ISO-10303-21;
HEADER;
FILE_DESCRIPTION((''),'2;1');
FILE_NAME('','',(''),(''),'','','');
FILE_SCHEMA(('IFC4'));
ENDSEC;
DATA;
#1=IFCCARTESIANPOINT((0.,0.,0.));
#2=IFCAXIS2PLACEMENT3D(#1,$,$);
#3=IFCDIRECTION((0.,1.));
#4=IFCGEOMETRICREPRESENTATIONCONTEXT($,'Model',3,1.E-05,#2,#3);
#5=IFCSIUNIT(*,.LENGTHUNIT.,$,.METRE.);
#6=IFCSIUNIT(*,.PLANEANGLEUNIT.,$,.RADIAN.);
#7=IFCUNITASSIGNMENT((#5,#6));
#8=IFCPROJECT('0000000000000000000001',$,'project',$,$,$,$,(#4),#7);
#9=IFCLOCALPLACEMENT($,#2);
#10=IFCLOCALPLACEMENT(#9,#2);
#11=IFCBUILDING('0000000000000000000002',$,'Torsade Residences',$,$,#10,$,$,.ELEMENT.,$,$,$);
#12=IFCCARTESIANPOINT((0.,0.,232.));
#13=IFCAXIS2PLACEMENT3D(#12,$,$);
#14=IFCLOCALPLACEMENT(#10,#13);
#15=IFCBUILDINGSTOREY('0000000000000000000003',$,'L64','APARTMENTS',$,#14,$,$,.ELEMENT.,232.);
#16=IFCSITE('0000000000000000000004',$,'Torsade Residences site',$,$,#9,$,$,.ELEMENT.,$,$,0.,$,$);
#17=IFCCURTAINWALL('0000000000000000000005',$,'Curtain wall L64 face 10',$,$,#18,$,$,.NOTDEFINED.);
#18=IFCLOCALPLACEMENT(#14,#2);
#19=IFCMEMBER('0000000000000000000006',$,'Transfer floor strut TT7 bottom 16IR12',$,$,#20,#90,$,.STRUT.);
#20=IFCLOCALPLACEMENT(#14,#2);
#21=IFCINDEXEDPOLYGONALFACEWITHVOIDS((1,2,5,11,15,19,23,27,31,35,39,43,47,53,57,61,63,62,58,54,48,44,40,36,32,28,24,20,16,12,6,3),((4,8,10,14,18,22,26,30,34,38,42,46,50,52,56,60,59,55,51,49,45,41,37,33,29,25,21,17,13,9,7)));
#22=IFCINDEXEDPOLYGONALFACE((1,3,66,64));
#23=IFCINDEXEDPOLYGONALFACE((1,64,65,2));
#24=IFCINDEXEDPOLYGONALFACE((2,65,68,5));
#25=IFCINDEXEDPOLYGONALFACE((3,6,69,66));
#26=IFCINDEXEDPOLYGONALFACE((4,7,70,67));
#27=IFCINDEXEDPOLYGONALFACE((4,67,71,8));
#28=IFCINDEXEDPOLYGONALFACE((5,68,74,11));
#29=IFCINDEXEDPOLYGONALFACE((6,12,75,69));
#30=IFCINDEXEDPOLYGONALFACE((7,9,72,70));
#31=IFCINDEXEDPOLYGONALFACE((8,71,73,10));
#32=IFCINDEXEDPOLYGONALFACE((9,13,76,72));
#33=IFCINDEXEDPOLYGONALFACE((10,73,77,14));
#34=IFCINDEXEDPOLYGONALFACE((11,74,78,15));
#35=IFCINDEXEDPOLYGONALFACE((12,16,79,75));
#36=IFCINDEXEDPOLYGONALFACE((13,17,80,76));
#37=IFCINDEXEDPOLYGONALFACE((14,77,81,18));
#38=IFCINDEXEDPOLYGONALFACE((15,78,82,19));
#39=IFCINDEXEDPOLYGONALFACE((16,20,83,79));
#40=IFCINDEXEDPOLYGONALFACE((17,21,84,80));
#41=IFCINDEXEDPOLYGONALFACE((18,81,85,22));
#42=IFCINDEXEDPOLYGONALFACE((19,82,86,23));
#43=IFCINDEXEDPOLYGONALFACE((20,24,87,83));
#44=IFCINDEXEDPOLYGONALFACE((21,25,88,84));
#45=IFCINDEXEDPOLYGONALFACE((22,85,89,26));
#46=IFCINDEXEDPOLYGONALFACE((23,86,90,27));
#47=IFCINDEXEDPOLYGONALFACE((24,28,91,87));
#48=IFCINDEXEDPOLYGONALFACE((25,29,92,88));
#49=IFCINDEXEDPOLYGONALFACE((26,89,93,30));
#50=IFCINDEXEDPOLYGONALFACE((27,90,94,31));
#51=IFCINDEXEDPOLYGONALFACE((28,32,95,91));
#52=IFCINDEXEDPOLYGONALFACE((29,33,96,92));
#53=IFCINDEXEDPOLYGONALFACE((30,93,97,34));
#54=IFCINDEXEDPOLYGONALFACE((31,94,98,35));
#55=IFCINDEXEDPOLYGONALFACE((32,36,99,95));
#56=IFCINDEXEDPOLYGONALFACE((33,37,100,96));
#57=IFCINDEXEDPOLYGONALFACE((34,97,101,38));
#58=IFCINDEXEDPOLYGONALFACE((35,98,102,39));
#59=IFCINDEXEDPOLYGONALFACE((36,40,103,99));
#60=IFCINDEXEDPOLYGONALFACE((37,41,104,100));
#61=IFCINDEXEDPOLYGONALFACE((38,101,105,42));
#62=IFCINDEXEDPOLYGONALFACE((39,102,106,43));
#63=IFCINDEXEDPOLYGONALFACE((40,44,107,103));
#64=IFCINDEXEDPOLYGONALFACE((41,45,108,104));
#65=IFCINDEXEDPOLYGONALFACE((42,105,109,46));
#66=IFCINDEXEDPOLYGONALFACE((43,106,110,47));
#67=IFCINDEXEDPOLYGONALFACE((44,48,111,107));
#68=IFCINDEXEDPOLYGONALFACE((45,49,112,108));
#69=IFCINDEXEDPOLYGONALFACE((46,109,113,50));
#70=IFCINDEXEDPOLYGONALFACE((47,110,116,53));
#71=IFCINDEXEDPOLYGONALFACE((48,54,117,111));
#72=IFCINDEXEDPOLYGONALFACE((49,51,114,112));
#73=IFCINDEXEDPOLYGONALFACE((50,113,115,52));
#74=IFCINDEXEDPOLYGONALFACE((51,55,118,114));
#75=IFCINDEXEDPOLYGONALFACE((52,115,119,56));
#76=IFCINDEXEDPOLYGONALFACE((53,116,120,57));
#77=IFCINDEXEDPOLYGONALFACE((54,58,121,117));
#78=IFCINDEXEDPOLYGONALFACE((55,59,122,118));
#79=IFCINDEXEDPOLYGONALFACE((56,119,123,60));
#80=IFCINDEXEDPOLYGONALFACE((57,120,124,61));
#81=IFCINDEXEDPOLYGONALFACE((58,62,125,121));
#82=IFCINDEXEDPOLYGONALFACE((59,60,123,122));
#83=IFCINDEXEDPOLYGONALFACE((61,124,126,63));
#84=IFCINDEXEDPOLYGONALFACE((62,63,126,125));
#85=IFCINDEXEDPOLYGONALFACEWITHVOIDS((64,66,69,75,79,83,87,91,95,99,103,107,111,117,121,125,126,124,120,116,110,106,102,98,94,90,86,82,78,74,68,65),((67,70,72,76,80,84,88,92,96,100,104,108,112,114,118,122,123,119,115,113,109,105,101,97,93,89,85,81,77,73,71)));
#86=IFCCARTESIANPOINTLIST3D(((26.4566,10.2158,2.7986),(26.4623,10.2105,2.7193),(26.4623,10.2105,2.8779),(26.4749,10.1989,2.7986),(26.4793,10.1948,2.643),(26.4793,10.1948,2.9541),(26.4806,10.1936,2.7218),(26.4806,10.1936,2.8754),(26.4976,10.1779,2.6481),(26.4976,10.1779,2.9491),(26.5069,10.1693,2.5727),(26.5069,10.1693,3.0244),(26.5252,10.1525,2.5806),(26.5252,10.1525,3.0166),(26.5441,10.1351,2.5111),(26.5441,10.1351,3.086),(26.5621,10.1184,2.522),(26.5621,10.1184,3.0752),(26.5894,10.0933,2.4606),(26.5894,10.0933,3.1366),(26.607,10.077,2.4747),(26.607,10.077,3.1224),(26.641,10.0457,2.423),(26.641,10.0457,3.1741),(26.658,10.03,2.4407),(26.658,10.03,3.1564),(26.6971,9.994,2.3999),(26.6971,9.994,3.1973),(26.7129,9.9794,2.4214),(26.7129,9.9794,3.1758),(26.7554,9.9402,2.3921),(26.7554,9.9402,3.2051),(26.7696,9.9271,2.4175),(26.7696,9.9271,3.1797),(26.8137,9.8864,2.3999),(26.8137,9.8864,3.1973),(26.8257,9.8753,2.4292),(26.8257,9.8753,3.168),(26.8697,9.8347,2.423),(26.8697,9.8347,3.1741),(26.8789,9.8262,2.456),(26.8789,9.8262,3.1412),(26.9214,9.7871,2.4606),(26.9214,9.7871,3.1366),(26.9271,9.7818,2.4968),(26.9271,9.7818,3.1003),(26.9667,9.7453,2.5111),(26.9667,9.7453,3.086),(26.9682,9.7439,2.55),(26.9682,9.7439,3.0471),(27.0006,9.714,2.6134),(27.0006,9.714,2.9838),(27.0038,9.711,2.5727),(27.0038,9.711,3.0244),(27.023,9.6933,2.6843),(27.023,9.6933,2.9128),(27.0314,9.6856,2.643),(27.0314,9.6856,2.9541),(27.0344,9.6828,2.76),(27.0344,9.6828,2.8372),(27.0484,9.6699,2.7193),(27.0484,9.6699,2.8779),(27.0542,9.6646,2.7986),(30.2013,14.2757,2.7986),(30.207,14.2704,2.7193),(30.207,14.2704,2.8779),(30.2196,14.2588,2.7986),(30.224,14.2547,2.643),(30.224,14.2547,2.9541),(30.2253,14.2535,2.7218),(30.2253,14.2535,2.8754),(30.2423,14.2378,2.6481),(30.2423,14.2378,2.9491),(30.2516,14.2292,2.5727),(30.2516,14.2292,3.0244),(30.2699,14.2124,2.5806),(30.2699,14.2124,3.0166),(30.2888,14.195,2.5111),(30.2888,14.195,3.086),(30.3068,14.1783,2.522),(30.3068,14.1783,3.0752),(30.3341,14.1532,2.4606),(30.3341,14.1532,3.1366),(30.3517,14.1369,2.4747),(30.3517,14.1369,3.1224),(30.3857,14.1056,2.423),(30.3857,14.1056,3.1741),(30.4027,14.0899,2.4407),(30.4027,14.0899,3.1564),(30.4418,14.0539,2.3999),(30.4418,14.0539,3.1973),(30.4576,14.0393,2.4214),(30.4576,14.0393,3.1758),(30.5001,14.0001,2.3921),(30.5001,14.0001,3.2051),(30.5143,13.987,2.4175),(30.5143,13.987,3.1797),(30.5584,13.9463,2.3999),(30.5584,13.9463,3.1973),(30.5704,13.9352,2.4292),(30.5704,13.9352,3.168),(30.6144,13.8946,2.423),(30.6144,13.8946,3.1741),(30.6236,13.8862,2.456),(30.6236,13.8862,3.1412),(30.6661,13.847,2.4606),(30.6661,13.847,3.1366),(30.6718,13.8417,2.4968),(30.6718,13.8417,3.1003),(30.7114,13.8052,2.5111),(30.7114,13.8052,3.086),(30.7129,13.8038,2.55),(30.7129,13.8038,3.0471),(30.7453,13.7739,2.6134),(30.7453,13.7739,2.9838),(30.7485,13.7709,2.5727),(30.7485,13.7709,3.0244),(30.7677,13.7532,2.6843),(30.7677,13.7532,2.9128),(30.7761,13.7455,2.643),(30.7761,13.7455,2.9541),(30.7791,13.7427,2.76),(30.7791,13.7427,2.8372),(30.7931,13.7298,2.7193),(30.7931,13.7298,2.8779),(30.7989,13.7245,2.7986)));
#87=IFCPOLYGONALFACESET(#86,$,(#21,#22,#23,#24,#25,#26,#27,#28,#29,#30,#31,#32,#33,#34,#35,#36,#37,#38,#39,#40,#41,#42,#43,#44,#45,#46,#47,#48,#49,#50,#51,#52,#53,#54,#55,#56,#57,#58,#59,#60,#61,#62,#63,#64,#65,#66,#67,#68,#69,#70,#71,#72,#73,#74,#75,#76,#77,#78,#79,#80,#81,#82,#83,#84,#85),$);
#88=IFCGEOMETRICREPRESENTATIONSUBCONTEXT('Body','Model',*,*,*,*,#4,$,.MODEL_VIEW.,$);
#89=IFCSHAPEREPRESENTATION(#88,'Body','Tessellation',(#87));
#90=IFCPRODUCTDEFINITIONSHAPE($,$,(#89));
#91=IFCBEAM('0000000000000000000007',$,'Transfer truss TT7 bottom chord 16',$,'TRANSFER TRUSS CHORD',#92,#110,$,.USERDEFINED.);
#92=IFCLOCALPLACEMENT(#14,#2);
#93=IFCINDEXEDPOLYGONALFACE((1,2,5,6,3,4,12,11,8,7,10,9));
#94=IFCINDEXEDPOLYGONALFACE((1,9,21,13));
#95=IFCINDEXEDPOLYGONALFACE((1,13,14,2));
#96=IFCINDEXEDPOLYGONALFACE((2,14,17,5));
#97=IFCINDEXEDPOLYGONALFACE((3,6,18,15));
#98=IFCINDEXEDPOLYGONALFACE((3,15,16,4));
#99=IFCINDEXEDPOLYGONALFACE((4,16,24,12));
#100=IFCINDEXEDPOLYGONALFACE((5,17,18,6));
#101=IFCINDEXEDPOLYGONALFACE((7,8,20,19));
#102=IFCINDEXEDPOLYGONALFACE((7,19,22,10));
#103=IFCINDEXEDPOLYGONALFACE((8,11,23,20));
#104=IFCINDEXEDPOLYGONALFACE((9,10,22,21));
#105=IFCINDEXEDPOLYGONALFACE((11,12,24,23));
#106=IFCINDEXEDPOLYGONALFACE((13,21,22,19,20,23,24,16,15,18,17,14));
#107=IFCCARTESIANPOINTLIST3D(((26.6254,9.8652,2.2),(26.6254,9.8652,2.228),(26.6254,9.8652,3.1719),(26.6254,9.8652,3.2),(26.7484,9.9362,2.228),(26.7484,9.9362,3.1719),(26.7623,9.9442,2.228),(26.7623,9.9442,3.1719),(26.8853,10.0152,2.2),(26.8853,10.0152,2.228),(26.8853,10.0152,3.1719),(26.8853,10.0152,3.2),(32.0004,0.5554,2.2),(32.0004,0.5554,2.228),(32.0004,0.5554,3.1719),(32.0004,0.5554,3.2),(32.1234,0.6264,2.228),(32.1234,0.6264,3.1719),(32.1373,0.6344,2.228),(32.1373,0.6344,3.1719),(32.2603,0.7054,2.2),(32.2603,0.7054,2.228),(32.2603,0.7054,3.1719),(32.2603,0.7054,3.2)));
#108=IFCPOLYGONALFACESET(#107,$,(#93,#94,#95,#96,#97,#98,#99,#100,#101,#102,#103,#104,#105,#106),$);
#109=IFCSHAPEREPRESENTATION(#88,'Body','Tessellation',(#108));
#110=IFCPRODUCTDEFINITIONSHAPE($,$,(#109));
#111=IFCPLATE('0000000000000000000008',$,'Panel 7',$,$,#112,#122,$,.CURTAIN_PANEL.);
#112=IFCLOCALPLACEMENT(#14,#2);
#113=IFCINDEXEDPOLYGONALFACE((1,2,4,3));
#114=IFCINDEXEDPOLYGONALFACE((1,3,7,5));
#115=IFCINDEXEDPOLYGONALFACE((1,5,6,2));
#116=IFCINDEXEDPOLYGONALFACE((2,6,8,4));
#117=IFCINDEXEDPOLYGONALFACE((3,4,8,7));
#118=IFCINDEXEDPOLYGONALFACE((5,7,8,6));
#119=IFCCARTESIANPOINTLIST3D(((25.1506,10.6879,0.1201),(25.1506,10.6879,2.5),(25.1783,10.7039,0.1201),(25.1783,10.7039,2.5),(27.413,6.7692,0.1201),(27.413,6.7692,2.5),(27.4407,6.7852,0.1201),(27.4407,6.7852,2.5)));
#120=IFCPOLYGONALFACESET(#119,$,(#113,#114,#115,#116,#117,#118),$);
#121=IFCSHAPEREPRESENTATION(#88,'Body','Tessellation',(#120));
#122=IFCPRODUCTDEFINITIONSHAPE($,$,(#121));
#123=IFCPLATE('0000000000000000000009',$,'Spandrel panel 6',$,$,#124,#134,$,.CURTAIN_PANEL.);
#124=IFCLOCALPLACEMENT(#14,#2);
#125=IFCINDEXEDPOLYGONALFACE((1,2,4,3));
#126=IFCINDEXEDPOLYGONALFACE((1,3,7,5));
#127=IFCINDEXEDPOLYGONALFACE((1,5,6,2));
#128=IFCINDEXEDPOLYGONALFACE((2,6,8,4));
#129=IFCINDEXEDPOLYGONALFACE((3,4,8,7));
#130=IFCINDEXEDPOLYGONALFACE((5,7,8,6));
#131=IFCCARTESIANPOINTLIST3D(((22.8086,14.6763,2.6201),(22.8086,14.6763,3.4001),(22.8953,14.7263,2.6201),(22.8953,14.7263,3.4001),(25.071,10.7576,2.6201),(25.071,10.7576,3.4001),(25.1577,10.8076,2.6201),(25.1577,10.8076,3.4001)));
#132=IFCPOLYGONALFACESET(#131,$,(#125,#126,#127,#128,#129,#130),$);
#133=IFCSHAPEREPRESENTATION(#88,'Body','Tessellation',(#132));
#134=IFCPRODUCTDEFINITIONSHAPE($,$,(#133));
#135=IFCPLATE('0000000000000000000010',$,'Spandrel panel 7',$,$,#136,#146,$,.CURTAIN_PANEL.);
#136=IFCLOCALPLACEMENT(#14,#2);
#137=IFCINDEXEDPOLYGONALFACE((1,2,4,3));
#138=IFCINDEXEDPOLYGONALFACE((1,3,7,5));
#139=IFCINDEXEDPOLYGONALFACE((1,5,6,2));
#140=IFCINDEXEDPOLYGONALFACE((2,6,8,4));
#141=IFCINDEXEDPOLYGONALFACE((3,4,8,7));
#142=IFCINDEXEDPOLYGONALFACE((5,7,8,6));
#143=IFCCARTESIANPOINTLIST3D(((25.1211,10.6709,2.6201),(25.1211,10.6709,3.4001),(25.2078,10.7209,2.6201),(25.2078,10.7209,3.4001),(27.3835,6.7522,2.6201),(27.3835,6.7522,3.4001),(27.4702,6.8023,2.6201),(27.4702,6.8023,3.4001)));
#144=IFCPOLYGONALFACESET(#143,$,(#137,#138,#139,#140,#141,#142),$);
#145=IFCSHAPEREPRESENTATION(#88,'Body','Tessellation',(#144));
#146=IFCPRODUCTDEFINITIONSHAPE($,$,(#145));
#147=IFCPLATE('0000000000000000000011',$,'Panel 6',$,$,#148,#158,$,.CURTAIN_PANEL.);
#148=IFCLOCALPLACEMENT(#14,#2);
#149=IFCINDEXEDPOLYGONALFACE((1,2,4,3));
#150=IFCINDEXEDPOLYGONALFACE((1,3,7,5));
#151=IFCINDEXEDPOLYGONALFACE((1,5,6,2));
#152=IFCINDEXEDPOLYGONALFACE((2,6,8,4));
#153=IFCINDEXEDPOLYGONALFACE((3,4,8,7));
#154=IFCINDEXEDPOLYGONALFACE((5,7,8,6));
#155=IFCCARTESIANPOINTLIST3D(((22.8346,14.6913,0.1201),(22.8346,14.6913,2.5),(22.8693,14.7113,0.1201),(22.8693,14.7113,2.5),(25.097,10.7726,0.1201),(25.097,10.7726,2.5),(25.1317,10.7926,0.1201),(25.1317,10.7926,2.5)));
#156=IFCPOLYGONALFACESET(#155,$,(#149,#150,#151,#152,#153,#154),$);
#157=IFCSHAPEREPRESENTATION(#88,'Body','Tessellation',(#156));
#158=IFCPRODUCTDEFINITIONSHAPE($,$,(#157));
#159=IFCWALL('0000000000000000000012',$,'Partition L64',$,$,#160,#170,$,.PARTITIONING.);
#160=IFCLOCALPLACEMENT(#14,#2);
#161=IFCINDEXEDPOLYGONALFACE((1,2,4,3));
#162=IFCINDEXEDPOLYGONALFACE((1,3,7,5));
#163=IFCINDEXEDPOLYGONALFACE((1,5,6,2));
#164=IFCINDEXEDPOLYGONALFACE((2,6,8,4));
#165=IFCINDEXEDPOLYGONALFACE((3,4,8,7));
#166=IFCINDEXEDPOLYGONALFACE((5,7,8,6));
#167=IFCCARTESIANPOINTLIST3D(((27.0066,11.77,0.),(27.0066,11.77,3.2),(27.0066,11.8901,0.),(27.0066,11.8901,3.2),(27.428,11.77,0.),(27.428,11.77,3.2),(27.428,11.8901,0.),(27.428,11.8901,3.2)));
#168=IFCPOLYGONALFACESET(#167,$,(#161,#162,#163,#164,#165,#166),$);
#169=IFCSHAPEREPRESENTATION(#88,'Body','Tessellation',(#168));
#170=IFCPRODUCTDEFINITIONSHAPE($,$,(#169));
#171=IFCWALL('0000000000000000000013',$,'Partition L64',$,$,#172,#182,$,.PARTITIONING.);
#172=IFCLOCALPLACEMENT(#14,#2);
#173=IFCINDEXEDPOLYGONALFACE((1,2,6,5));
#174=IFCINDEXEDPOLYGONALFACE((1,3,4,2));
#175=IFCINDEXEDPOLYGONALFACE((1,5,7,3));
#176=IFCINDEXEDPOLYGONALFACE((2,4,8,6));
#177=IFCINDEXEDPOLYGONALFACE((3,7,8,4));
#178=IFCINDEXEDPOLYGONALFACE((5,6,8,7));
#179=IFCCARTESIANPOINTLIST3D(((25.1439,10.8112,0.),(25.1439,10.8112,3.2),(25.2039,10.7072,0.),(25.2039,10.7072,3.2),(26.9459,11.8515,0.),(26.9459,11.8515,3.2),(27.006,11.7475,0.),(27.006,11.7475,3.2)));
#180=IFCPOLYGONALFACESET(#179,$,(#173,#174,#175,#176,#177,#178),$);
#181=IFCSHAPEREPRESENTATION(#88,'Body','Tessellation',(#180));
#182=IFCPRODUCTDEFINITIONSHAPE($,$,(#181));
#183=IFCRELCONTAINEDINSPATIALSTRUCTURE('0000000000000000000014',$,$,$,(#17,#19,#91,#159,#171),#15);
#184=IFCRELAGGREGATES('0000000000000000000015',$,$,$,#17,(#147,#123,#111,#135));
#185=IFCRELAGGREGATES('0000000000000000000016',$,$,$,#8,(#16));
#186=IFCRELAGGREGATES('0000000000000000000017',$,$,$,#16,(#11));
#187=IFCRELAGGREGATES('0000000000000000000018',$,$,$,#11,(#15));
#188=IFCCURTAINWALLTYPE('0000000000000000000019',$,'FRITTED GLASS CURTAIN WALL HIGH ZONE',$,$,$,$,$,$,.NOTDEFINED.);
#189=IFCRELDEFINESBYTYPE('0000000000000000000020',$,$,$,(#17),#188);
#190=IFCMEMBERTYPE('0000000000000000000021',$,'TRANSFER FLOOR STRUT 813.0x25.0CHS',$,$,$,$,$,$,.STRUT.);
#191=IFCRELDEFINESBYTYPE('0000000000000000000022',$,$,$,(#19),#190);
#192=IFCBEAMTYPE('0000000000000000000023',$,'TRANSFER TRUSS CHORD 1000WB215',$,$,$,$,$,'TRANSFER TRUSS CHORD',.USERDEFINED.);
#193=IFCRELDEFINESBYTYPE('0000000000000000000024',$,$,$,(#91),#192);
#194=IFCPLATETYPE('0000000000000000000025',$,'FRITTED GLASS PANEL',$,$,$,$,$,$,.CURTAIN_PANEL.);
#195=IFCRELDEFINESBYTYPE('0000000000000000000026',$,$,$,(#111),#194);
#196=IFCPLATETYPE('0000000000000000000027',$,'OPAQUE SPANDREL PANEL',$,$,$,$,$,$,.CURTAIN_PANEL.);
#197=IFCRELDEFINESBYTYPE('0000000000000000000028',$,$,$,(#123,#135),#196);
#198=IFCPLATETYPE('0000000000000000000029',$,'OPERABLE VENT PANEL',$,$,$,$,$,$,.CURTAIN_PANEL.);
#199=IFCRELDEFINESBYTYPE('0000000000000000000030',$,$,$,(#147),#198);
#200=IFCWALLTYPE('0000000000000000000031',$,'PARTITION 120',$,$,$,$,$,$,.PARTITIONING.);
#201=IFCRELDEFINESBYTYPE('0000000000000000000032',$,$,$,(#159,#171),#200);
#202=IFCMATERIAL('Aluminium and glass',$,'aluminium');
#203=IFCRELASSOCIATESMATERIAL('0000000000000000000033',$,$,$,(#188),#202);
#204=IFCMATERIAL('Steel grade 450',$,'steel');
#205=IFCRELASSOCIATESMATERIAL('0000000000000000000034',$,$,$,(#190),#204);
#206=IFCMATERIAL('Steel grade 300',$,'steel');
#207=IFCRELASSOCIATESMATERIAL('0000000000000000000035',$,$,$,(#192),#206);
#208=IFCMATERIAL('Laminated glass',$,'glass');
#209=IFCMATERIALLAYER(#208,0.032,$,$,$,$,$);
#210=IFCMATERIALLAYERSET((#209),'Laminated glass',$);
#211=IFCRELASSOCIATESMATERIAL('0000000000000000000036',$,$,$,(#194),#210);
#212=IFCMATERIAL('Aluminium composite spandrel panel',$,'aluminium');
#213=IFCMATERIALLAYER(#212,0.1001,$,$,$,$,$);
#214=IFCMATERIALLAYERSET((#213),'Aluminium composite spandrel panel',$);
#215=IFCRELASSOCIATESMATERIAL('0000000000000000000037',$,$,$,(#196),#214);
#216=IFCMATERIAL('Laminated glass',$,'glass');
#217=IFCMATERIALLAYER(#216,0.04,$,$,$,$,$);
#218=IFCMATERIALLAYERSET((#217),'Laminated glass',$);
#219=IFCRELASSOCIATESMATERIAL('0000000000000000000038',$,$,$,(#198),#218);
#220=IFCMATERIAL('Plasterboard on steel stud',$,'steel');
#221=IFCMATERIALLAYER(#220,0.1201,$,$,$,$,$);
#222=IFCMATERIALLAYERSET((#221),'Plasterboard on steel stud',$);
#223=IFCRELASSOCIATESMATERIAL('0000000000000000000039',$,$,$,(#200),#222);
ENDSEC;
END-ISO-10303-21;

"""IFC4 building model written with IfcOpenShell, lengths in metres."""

from ifc_helpers import new_model, si_unit, direction, frame, frame_2d, origin, origin_2d, place, context, subcontext, project, spatial, rectangle, hollow_circle, i_section, extrude, material, layer, layer_set, material_profile, profile_set, type_object, element, aggregate, save


model = new_model("IFC4")

# Units and contexts
model_context = context("Model", 3, precision=1e-05, world=origin(), true_north=direction((0.0, 1.0)))
body_context = subcontext(model_context, "Body", "Model", "MODEL_VIEW")
ifc_project = project(units=[si_unit("LENGTHUNIT", "METRE"), si_unit("PLANEANGLEUNIT", "RADIAN")], contexts=[model_context])

# Site, building, storey
site_placement = place(None, origin())
site = spatial("IfcSite", under=ifc_project, at=site_placement, Name="Torsade Residences site", CompositionType="ELEMENT", RefElevation=0.0)
building_placement = place(site_placement, origin())
building = spatial("IfcBuilding", under=site, at=building_placement, Name="Torsade Residences", CompositionType="ELEMENT")
storey_placement = place(building_placement, frame((0.0, 0.0, 232.0)))
storey = spatial("IfcBuildingStorey", under=building, at=storey_placement, Name="L64", Description="APARTMENTS", CompositionType="ELEMENT", Elevation=232.0)

# Curtain wall
ifc_material_1 = material(Name="Aluminium and glass", Category="aluminium")
curtain_wall_type = type_object("IfcCurtainWallType", Name="FRITTED GLASS CURTAIN WALL HIGH ZONE", PredefinedType="NOTDEFINED", material=ifc_material_1)
curtain_wall_placement = place(storey_placement, origin())
curtain_wall = element("IfcCurtainWall", 1, at=curtain_wall_placement, inside=storey, type_object=curtain_wall_type, Name="Curtain wall L64 face 10", PredefinedType="NOTDEFINED")

# Member
ifc_material_2 = material(Name="Steel grade 450", Category="steel")
ifc_material_profile_1 = material_profile(ifc_material_2, hollow_circle(Radius=0.4065, WallThickness=0.0249, at=origin_2d()), Name="813.0x25.0CHS")
ifc_profile_set_1 = profile_set([ifc_material_profile_1], Name="Steel grade 450")
member_type_1 = type_object("IfcMemberType", Name="TRANSFER FLOOR STRUT 813.0x25.0CHS", PredefinedType="STRUT", material=ifc_profile_set_1)
member_1_placement = place(storey_placement, frame((26.7554, 9.9402, 2.7986), z_axis=(0.677997, 0.735064, 0.0), x_axis=(-0.735064, 0.677997, 0.0)))
element("IfcMember", 2, at=member_1_placement, inside=storey, type_object=member_type_1, Name="Transfer floor strut TT7 bottom 16IR12", PredefinedType="STRUT", context=body_context, shape_type="SweptSolid", body=[
    extrude(hollow_circle(Radius=0.4065, WallThickness=0.0249, at=origin_2d()), origin(), (0.0, 0.0, 1.0), 5.5232),
])

# Beam
ifc_material_3 = material(Name="Steel grade 300", Category="steel")
ifc_material_profile_2 = material_profile(ifc_material_3, i_section(OverallWidth=0.3, OverallDepth=1.0, WebThickness=0.0161, FlangeThickness=0.0281, at=origin_2d()), Name="1000WB215")
ifc_profile_set_2 = profile_set([ifc_material_profile_2], Name="Steel grade 300")
beam_type_1 = type_object("IfcBeamType", Name="TRANSFER TRUSS CHORD 1000WB215", ElementType="TRANSFER TRUSS CHORD", PredefinedType="USERDEFINED", material=ifc_profile_set_2)
beam_1_placement = place(storey_placement, frame((26.7554, 9.9402, 2.7), z_axis=(0.499998, -0.866026, 0.0), x_axis=(0.866026, 0.499998, 0.0)))
element("IfcBeam", 3, at=beam_1_placement, inside=storey, type_object=beam_type_1, Name="Transfer truss TT7 bottom chord 16", ObjectType="TRANSFER TRUSS CHORD", PredefinedType="USERDEFINED", context=body_context, shape_type="SweptSolid", body=[
    extrude(i_section(OverallWidth=0.3, OverallDepth=1.0, WebThickness=0.0161, FlangeThickness=0.0281, at=origin_2d()), origin(), (0.0, 0.0, 1.0), 10.75),
])

# Plates
ifc_material_4 = material(Name="Laminated glass", Category="glass")
ifc_layer_1 = layer(ifc_material_4, 0.032)
ifc_layer_set_1 = layer_set([ifc_layer_1], Name="Laminated glass")
plate_type_1 = type_object("IfcPlateType", Name="FRITTED GLASS PANEL", PredefinedType="CURTAIN_PANEL", material=ifc_layer_set_1)
plate_1_placement = place(storey_placement, frame((26.2957, 8.7366, 0.1201), z_axis=(0.0, 0.0, 1.0), x_axis=(0.5, -0.866025, 0.0)))
plate_1 = element("IfcPlate", 4, at=plate_1_placement, type_object=plate_type_1, Name="Panel 7", PredefinedType="CURTAIN_PANEL", context=body_context, shape_type="SweptSolid", body=[
    extrude(rectangle(XDim=4.5249, YDim=0.032, at=origin_2d()), origin(), (0.0, 0.0, 1.0), 2.3799),
])
ifc_material_5 = material(Name="Aluminium composite spandrel panel", Category="aluminium")
ifc_layer_2 = layer(ifc_material_5, 0.1001)
ifc_layer_set_2 = layer_set([ifc_layer_2], Name="Aluminium composite spandrel panel")
plate_type_2 = type_object("IfcPlateType", Name="OPAQUE SPANDREL PANEL", PredefinedType="CURTAIN_PANEL", material=ifc_layer_set_2)
plate_2_placement = place(storey_placement, frame((23.9832, 12.7419, 2.6201), z_axis=(0.0, 0.0, 1.0), x_axis=(0.5, -0.866025, 0.0)))
plate_2 = element("IfcPlate", 5, at=plate_2_placement, type_object=plate_type_2, Name="Spandrel panel 6", PredefinedType="CURTAIN_PANEL", context=body_context, shape_type="SweptSolid", body=[
    extrude(rectangle(XDim=4.5249, YDim=0.1001, at=origin_2d()), origin(), (0.0, 0.0, 1.0), 0.78),
])
plate_3_placement = place(storey_placement, frame((26.2957, 8.7366, 2.6201), z_axis=(0.0, 0.0, 1.0), x_axis=(0.5, -0.866025, 0.0)))
plate_3 = element("IfcPlate", 6, at=plate_3_placement, type_object=plate_type_2, Name="Spandrel panel 7", PredefinedType="CURTAIN_PANEL", context=body_context, shape_type="SweptSolid", body=[
    extrude(rectangle(XDim=4.5249, YDim=0.1001, at=origin_2d()), origin(), (0.0, 0.0, 1.0), 0.78),
])
ifc_material_6 = material(Name="Laminated glass", Category="glass")
ifc_layer_3 = layer(ifc_material_6, 0.04)
ifc_layer_set_3 = layer_set([ifc_layer_3], Name="Laminated glass")
plate_type_3 = type_object("IfcPlateType", Name="OPERABLE VENT PANEL", PredefinedType="CURTAIN_PANEL", material=ifc_layer_set_3)
plate_4_placement = place(storey_placement, frame((23.9832, 12.7419, 0.1201), z_axis=(0.0, 0.0, 1.0), x_axis=(0.5, -0.866025, 0.0)))
plate_4 = element("IfcPlate", 7, at=plate_4_placement, type_object=plate_type_3, Name="Panel 6", PredefinedType="CURTAIN_PANEL", context=body_context, shape_type="SweptSolid", body=[
    extrude(rectangle(XDim=4.5249, YDim=0.04, at=origin_2d()), origin(), (0.0, 0.0, 1.0), 2.3799),
])
aggregate(curtain_wall, [plate_4, plate_2, plate_1, plate_3])

# Walls
ifc_material_7 = material(Name="Plasterboard on steel stud", Category="steel")
ifc_layer_4 = layer(ifc_material_7, 0.1201)
ifc_layer_set_4 = layer_set([ifc_layer_4], Name="Plasterboard on steel stud")
wall_type = type_object("IfcWallType", Name="PARTITION 120", PredefinedType="PARTITIONING", material=ifc_layer_set_4)
wall_1_placement = place(storey_placement, frame((27.428, 11.8301, 0.0), z_axis=(0.0, 0.0, 1.0), x_axis=(-1.0, 0.0, 0.0)))
element("IfcWall", 8, at=wall_1_placement, inside=storey, type_object=wall_type, Name="Partition L64", PredefinedType="PARTITIONING", context=body_context, shape_type="SweptSolid", body=[
    extrude(rectangle(XDim=0.4214, YDim=0.1201, at=frame_2d((0.2107, 0.0))), origin(), (0.0, 0.0, 1.0), 3.2),
])
wall_2_placement = place(storey_placement, frame((26.9761, 11.7996, 0.0), z_axis=(0.0, 0.0, 1.0), x_axis=(-0.866047, -0.499963, 0.0)))
element("IfcWall", 9, at=wall_2_placement, inside=storey, type_object=wall_type, Name="Partition L64", PredefinedType="PARTITIONING", context=body_context, shape_type="SweptSolid", body=[
    extrude(rectangle(XDim=2.0808, YDim=0.1201, at=frame_2d((1.0405, 0.0))), origin(), (0.0, 0.0, 1.0), 3.2),
])

save(model, "model.ifc")
